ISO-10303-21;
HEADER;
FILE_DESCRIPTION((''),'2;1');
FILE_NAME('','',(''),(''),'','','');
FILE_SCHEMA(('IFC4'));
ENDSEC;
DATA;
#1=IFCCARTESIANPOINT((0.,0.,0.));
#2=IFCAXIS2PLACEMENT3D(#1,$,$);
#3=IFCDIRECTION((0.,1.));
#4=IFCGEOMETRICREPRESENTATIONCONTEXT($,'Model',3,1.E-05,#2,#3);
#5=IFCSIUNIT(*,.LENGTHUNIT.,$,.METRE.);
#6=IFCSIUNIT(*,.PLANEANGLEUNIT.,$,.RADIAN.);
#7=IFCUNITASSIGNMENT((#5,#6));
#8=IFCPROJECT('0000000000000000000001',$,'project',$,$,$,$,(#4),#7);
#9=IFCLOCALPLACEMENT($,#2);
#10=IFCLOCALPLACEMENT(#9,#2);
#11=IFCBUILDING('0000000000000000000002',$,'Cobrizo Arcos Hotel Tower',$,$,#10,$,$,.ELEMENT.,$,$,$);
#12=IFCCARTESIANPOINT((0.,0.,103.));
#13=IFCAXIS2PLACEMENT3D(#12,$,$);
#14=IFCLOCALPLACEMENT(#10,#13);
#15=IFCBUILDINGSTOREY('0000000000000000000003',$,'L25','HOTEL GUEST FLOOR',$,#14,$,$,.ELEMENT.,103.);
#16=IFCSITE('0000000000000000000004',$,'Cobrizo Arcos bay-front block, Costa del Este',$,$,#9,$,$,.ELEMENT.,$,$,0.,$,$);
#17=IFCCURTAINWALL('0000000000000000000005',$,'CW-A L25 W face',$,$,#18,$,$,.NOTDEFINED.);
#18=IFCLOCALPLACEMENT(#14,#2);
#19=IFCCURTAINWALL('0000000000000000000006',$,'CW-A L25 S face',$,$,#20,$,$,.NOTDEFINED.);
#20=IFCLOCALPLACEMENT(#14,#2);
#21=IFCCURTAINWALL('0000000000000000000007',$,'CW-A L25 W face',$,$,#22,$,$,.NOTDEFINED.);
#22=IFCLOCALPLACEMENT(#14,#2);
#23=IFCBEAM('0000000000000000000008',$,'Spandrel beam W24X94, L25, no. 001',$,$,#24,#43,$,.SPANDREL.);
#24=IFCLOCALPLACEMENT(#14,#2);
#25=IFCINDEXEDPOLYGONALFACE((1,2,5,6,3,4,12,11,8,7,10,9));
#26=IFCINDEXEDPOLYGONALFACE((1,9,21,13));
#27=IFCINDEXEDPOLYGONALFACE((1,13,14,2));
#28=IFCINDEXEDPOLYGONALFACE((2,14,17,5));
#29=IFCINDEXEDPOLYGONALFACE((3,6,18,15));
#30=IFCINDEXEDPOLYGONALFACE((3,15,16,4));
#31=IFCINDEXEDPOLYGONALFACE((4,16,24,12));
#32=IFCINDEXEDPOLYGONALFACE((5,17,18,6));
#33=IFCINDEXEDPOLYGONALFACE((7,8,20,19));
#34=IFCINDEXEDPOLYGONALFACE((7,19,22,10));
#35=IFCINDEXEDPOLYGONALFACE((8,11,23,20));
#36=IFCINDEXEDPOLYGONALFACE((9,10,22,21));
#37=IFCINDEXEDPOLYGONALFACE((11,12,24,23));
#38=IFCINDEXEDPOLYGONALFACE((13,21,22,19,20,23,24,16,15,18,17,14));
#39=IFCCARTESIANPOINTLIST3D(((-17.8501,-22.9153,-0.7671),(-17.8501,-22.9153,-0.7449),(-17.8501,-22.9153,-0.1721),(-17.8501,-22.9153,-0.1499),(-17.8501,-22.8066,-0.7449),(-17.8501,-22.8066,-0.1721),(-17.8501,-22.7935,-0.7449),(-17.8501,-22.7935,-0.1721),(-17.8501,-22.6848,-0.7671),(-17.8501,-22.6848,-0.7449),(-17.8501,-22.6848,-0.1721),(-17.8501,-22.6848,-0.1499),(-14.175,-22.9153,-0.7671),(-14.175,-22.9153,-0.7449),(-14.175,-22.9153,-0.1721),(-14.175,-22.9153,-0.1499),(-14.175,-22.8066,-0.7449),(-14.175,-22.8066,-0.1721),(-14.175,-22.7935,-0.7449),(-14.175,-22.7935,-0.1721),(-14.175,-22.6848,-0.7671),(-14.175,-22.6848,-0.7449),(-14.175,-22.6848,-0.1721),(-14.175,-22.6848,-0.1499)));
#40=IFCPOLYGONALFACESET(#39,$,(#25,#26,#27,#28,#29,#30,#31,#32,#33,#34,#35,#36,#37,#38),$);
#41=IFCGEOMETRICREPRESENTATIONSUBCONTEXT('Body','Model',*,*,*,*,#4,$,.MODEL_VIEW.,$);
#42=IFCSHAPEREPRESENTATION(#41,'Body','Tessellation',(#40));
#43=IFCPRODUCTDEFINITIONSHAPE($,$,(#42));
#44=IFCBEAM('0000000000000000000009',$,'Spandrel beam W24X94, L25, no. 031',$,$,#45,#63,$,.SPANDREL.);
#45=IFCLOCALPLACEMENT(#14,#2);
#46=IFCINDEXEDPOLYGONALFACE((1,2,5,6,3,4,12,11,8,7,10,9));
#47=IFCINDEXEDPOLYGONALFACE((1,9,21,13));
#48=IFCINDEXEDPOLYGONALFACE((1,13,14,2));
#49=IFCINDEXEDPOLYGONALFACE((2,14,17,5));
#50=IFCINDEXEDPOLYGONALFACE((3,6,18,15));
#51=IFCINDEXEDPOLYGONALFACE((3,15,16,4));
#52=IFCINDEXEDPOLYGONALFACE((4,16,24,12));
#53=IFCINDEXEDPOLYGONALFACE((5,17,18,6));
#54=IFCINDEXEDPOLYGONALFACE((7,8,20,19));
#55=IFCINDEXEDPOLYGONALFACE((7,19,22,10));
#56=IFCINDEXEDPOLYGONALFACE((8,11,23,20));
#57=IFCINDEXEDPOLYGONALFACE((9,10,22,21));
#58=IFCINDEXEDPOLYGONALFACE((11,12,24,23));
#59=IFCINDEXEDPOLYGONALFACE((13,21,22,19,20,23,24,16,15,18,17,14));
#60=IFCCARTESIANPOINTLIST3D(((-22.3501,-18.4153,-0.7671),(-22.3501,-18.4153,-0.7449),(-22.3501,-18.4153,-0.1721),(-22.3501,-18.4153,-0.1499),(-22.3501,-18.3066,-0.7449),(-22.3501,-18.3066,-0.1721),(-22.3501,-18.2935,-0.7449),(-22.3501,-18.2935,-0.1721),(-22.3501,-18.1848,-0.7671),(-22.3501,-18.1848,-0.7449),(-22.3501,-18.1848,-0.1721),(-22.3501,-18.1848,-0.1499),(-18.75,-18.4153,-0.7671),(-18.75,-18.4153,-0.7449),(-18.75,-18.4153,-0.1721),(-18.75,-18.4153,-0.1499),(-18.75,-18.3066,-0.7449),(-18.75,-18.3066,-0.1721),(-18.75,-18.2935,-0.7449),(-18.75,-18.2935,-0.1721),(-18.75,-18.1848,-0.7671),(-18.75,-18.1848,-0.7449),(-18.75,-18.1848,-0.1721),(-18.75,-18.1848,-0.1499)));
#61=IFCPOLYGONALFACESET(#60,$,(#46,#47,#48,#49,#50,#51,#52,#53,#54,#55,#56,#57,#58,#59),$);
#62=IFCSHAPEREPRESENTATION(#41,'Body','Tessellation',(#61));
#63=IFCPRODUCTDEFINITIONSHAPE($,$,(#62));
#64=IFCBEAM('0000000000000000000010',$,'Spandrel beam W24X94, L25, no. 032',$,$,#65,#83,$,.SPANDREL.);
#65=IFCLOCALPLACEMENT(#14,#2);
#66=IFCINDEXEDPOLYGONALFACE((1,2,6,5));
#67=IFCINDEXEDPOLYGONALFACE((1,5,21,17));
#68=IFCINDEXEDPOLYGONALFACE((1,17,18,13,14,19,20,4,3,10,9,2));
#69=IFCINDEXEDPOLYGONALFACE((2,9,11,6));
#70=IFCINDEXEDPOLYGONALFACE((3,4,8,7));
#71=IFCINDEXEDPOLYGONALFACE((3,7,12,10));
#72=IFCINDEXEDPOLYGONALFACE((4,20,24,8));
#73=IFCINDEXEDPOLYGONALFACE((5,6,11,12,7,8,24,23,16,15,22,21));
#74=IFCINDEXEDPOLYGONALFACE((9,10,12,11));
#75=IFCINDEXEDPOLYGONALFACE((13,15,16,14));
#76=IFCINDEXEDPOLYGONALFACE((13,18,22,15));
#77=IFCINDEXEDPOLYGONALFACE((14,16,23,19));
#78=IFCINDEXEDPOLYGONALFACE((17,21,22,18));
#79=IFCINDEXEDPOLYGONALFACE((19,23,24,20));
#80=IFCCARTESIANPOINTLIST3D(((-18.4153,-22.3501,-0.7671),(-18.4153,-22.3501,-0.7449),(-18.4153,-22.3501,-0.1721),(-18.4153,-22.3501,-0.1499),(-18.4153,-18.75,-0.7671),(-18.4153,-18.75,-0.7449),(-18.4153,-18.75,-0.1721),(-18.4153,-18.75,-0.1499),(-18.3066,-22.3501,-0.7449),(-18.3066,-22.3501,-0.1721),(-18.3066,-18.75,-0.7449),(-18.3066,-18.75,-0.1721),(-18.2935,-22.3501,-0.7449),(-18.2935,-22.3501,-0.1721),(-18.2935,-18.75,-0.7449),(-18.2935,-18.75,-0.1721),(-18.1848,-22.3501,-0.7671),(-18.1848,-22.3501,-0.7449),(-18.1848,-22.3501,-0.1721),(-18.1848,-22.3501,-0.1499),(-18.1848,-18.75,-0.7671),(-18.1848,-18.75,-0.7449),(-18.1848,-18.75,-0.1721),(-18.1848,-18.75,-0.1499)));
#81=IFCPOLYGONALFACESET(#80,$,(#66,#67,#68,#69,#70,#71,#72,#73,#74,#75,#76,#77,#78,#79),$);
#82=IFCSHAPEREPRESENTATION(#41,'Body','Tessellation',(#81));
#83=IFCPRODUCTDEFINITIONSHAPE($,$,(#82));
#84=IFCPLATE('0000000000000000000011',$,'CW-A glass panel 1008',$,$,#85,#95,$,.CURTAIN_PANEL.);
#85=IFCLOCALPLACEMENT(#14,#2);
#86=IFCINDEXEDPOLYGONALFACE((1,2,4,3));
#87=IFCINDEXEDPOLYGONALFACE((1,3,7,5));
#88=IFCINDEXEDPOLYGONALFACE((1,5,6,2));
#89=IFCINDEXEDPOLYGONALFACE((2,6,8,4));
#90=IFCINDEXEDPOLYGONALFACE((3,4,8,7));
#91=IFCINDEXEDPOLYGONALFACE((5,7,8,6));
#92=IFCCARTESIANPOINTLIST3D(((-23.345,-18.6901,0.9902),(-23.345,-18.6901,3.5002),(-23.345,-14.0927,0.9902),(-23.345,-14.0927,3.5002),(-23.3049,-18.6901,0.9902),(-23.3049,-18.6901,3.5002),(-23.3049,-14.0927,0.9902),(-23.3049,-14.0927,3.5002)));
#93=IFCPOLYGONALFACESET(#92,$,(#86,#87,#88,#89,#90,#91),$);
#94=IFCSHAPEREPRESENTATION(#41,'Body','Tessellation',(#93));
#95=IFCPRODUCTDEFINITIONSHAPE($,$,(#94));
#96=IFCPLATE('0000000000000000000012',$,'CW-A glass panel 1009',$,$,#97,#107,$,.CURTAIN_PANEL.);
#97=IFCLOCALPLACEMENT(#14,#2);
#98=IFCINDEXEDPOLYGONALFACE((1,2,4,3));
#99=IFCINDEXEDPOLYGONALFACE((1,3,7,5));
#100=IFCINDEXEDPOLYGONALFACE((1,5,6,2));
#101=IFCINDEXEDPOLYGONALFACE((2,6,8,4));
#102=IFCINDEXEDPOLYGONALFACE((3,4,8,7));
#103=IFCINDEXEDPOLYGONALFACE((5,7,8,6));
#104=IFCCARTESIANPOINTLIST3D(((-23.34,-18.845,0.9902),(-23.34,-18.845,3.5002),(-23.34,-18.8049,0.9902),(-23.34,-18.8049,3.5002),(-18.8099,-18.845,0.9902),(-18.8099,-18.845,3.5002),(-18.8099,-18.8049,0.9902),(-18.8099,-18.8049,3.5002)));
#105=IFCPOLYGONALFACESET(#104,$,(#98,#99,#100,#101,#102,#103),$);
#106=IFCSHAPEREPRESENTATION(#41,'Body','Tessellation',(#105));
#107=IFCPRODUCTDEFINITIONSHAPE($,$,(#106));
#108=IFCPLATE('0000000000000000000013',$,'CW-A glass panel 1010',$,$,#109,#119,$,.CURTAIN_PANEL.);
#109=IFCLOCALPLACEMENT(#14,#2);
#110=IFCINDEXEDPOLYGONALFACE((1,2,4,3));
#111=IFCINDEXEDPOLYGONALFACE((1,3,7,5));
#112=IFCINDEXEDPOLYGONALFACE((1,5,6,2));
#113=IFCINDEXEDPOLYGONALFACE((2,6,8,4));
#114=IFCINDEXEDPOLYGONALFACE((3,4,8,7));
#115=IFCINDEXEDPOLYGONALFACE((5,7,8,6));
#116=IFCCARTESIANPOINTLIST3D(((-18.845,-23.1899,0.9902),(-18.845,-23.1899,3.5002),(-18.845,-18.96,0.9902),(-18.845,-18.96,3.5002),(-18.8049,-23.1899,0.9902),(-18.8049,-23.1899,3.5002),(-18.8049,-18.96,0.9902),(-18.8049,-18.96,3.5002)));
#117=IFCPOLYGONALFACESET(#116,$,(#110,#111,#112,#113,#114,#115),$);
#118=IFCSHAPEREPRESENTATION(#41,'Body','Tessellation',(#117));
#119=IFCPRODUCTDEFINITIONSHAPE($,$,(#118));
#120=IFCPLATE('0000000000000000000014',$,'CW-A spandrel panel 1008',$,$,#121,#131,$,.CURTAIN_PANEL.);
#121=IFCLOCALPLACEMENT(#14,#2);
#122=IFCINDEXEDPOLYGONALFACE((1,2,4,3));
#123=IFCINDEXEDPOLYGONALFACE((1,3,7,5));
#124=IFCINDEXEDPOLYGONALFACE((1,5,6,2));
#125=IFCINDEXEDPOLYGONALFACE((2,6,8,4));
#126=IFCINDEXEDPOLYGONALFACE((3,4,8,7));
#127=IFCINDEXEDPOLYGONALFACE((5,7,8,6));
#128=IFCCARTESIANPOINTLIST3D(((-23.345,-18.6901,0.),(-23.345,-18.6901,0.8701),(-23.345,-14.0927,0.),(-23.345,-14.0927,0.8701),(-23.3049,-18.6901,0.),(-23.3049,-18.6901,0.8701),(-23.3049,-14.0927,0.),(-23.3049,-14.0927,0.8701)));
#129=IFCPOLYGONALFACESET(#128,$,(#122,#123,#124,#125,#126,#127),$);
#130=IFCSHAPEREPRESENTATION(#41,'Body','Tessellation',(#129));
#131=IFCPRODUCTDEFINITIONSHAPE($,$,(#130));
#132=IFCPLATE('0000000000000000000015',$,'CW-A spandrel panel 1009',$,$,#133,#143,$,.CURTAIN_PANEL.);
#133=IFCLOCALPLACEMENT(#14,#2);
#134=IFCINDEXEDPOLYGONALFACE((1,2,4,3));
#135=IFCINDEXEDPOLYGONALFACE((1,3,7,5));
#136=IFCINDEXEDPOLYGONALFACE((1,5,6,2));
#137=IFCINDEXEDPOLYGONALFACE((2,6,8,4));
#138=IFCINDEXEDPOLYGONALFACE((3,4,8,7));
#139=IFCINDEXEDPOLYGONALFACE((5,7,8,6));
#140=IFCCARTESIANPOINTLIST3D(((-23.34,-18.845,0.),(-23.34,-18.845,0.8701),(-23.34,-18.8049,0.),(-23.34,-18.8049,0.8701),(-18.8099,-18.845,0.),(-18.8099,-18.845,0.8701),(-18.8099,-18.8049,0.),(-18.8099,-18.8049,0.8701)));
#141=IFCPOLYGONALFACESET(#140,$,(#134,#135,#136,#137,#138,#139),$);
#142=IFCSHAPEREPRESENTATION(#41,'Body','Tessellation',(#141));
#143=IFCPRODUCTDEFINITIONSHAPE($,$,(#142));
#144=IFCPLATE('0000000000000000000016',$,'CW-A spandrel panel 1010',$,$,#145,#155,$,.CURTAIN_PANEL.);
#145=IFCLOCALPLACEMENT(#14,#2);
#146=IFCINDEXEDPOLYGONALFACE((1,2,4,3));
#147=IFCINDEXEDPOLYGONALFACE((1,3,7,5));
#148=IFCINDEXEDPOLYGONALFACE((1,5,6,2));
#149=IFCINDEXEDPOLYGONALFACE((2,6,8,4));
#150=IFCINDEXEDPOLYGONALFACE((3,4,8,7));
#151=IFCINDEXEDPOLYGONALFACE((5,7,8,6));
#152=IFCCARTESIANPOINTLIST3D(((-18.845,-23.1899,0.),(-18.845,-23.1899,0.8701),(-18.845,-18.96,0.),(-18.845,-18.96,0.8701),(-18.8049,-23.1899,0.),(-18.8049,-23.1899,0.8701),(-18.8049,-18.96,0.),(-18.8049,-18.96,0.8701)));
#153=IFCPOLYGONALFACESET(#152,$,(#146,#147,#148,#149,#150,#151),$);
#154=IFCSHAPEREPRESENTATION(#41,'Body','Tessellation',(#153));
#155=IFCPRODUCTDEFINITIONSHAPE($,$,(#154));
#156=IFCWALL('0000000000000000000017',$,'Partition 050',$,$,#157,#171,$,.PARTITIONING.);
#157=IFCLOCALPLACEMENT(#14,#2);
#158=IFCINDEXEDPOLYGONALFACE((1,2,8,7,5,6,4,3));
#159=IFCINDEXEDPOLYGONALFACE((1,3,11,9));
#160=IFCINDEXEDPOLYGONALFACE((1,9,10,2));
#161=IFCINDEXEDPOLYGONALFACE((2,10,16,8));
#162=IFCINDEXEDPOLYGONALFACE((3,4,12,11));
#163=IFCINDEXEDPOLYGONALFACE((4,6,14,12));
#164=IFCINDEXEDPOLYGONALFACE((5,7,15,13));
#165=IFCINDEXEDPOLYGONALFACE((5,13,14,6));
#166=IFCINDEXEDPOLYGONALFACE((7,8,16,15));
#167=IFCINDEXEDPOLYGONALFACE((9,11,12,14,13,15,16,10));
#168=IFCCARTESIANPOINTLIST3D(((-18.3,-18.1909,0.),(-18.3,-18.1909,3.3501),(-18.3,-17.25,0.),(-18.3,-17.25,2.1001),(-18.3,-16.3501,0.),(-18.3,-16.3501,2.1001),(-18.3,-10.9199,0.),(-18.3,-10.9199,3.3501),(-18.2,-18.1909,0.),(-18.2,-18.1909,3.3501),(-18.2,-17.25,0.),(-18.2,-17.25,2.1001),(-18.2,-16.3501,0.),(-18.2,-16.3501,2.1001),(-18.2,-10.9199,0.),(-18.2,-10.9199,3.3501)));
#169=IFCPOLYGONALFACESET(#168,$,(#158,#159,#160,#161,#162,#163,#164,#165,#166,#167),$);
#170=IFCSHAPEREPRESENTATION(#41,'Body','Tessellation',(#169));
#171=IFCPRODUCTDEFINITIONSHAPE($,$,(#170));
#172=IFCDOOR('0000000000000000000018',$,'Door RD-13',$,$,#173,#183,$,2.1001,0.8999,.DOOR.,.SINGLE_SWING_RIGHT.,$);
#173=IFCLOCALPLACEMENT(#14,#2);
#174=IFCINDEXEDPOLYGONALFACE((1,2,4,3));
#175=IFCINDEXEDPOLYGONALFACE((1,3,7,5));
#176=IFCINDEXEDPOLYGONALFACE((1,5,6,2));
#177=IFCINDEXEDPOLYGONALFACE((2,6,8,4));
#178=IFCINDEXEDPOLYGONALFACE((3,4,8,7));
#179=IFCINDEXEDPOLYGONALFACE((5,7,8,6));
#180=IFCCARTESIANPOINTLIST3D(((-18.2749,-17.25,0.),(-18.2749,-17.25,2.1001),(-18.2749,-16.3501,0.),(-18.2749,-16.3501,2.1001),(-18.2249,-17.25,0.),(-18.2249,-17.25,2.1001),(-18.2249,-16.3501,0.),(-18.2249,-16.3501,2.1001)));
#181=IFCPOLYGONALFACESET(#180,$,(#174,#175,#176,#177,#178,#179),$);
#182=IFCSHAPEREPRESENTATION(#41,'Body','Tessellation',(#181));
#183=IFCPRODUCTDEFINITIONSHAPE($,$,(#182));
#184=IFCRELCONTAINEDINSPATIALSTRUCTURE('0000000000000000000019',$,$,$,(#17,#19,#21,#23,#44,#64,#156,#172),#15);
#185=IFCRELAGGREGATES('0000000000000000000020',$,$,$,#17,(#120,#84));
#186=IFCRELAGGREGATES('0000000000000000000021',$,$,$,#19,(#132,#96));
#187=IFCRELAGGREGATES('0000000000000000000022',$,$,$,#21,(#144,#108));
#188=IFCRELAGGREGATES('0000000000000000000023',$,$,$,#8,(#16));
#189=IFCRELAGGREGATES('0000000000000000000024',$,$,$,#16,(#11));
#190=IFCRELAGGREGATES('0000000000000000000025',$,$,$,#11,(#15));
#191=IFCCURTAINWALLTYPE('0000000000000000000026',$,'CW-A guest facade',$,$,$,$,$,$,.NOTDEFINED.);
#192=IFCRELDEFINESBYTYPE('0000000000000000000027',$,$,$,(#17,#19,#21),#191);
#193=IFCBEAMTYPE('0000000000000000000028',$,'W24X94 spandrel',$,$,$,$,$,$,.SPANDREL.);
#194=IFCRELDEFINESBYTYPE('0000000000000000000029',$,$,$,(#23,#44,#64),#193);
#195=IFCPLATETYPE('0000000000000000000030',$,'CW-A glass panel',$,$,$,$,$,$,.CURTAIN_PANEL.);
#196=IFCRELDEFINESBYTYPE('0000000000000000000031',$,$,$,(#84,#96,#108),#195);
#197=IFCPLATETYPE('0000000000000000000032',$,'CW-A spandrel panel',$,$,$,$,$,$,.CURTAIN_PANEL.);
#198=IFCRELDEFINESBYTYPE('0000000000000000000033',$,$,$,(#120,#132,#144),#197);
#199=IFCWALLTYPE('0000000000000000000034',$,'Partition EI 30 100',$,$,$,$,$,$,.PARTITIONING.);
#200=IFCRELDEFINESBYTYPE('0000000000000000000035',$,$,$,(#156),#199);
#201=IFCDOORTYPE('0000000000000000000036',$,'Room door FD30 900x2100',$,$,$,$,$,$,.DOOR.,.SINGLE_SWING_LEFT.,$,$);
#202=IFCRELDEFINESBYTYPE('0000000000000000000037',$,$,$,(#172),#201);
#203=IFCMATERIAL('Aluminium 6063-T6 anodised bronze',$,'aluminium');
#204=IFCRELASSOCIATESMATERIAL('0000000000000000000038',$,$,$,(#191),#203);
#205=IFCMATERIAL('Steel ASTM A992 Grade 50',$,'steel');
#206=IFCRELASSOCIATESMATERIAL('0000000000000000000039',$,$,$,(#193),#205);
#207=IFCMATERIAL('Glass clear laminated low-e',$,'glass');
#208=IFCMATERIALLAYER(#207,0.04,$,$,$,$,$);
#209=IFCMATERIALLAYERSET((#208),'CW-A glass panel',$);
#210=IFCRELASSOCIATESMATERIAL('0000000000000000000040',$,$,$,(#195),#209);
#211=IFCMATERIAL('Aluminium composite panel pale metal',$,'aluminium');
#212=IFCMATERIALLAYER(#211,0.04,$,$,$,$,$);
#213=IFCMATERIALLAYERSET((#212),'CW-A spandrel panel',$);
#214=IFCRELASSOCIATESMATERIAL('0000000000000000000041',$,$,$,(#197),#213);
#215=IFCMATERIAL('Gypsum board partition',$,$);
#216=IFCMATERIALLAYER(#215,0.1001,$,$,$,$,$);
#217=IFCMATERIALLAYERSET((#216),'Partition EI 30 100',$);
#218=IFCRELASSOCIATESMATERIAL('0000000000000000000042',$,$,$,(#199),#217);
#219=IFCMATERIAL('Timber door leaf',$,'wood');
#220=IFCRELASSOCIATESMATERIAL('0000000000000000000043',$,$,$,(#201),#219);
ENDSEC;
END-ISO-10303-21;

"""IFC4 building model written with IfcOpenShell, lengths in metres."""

from ifc_helpers import new_model, si_unit, direction, frame, frame_2d, origin, origin_2d, place, context, subcontext, project, spatial, rectangle, i_section, extrude, material, layer, layer_set, material_profile, profile_set, type_object, element, fill, aggregate, save


model = new_model("IFC4")

# Units and contexts
model_context = context("Model", 3, precision=1e-05, world=origin(), true_north=direction((0.0, 1.0)))
body_context = subcontext(model_context, "Body", "Model", "MODEL_VIEW")
ifc_project = project(units=[si_unit("LENGTHUNIT", "METRE"), si_unit("PLANEANGLEUNIT", "RADIAN")], contexts=[model_context])

# Site, building, storey
site_placement = place(None, origin())
site = spatial("IfcSite", under=ifc_project, at=site_placement, Name="Cobrizo Arcos bay-front block, Costa del Este", CompositionType="ELEMENT", RefElevation=0.0)
building_placement = place(site_placement, origin())
building = spatial("IfcBuilding", under=site, at=building_placement, Name="Cobrizo Arcos Hotel Tower", CompositionType="ELEMENT")
storey_placement = place(building_placement, frame((0.0, 0.0, 103.0)))
storey = spatial("IfcBuildingStorey", under=building, at=storey_placement, Name="L25", Description="HOTEL GUEST FLOOR", CompositionType="ELEMENT", Elevation=103.0)

# Curtain wall
ifc_material_1 = material(Name="Aluminium 6063-T6 anodised bronze", Category="aluminium")
curtain_wall_type = type_object("IfcCurtainWallType", Name="CW-A guest facade", PredefinedType="NOTDEFINED", material=ifc_material_1)
curtain_wall_1_placement = place(storey_placement, origin())
curtain_wall_1 = element("IfcCurtainWall", 1, at=curtain_wall_1_placement, inside=storey, type_object=curtain_wall_type, Name="CW-A L25 W face", PredefinedType="NOTDEFINED")

# Curtain walls
curtain_wall_2_placement = place(storey_placement, origin())
curtain_wall_2 = element("IfcCurtainWall", 2, at=curtain_wall_2_placement, inside=storey, type_object=curtain_wall_type, Name="CW-A L25 S face", PredefinedType="NOTDEFINED")
curtain_wall_3_placement = place(storey_placement, origin())
curtain_wall_3 = element("IfcCurtainWall", 3, at=curtain_wall_3_placement, inside=storey, type_object=curtain_wall_type, Name="CW-A L25 W face", PredefinedType="NOTDEFINED")

# Beams
ifc_material_2 = material(Name="Steel ASTM A992 Grade 50", Category="steel")
ifc_material_profile_1 = material_profile(ifc_material_2, i_section(OverallWidth=0.2305, OverallDepth=0.6172, WebThickness=0.0132, FlangeThickness=0.0222, at=origin_2d()), Name="W24X94")
ifc_profile_set_1 = profile_set([ifc_material_profile_1], Name="Steel ASTM A992 Grade 50")
beam_type_1 = type_object("IfcBeamType", Name="W24X94 spandrel", PredefinedType="SPANDREL", material=ifc_profile_set_1)
beam_1_placement = place(storey_placement, frame((-17.8501, -22.8, -0.4585), z_axis=(1.0, 0.0, 0.0), x_axis=(0.0, 1.0, 0.0)))
element("IfcBeam", 4, at=beam_1_placement, inside=storey, type_object=beam_type_1, Name="Spandrel beam W24X94, L25, no. 001", PredefinedType="SPANDREL", context=body_context, shape_type="SweptSolid", body=[
    extrude(i_section(OverallWidth=0.2305, OverallDepth=0.6172, WebThickness=0.0132, FlangeThickness=0.0222, at=origin_2d()), origin(), (0.0, 0.0, 1.0), 3.675),
])
for number, where, z_axis, x_axis, name in (
    (5, (-22.3501, -18.3, -0.4585), (1.0, 0.0, 0.0), (0.0, 1.0, 0.0), "Spandrel beam W24X94, L25, no. 031"),
    (6, (-18.3, -18.75, -0.4585), (0.0, -1.0, 0.0), (1.0, 0.0, 0.0), "Spandrel beam W24X94, L25, no. 032"),
):
    element("IfcBeam", number, at=place(storey_placement, frame(where, z_axis=z_axis, x_axis=x_axis)), inside=storey, type_object=beam_type_1, Name=name, PredefinedType="SPANDREL", context=body_context, shape_type="SweptSolid", body=[
        extrude(i_section(OverallWidth=0.2305, OverallDepth=0.6172, WebThickness=0.0132, FlangeThickness=0.0222, at=origin_2d()), origin(), (0.0, 0.0, 1.0), 3.6001),
    ])

# Plates
ifc_material_3 = material(Name="Glass clear laminated low-e", Category="glass")
ifc_layer_1 = layer(ifc_material_3, 0.04)
ifc_layer_set_1 = layer_set([ifc_layer_1], Name="CW-A glass panel")
plate_type_1 = type_object("IfcPlateType", Name="CW-A glass panel", PredefinedType="CURTAIN_PANEL", material=ifc_layer_set_1)
plate_1_placement = place(storey_placement, frame((-23.325, -16.3914, 0.9902), z_axis=(0.0, 0.0, 1.0), x_axis=(0.0, -1.0, 0.0)))
plate_1 = element("IfcPlate", 7, at=plate_1_placement, type_object=plate_type_1, Name="CW-A glass panel 1008", PredefinedType="CURTAIN_PANEL", context=body_context, shape_type="SweptSolid", body=[
    extrude(rectangle(XDim=4.5974, YDim=0.04, at=origin_2d()), origin(), (0.0, 0.0, 1.0), 2.51),
])
plate_2_placement = place(storey_placement, frame((-21.075, -18.825, 0.9902), z_axis=(0.0, 0.0, 1.0), x_axis=(1.0, 0.0, 0.0)))
plate_2 = element("IfcPlate", 8, at=plate_2_placement, type_object=plate_type_1, Name="CW-A glass panel 1009", PredefinedType="CURTAIN_PANEL", context=body_context, shape_type="SweptSolid", body=[
    extrude(rectangle(XDim=4.53, YDim=0.04, at=origin_2d()), origin(), (0.0, 0.0, 1.0), 2.51),
])
plate_3_placement = place(storey_placement, frame((-18.825, -21.075, 0.9902), z_axis=(0.0, 0.0, 1.0), x_axis=(0.0, -1.0, 0.0)))
plate_3 = element("IfcPlate", 9, at=plate_3_placement, type_object=plate_type_1, Name="CW-A glass panel 1010", PredefinedType="CURTAIN_PANEL", context=body_context, shape_type="SweptSolid", body=[
    extrude(rectangle(XDim=4.23, YDim=0.04, at=origin_2d()), origin(), (0.0, 0.0, 1.0), 2.51),
])
ifc_material_4 = material(Name="Aluminium composite panel pale metal", Category="aluminium")
ifc_layer_2 = layer(ifc_material_4, 0.04)
ifc_layer_set_2 = layer_set([ifc_layer_2], Name="CW-A spandrel panel")
plate_type_2 = type_object("IfcPlateType", Name="CW-A spandrel panel", PredefinedType="CURTAIN_PANEL", material=ifc_layer_set_2)
plate_4_placement = place(storey_placement, frame((-23.325, -16.3914, 0.0), z_axis=(0.0, 0.0, 1.0), x_axis=(0.0, -1.0, 0.0)))
plate_4 = element("IfcPlate", 10, at=plate_4_placement, type_object=plate_type_2, Name="CW-A spandrel panel 1008", PredefinedType="CURTAIN_PANEL", context=body_context, shape_type="SweptSolid", body=[
    extrude(rectangle(XDim=4.5974, YDim=0.04, at=origin_2d()), origin(), (0.0, 0.0, 1.0), 0.8701),
])
aggregate(curtain_wall_1, [plate_4, plate_1])
plate_5_placement = place(storey_placement, frame((-21.075, -18.825, 0.0), z_axis=(0.0, 0.0, 1.0), x_axis=(1.0, 0.0, 0.0)))
plate_5 = element("IfcPlate", 11, at=plate_5_placement, type_object=plate_type_2, Name="CW-A spandrel panel 1009", PredefinedType="CURTAIN_PANEL", context=body_context, shape_type="SweptSolid", body=[
    extrude(rectangle(XDim=4.53, YDim=0.04, at=origin_2d()), origin(), (0.0, 0.0, 1.0), 0.8701),
])
aggregate(curtain_wall_2, [plate_5, plate_2])
plate_6_placement = place(storey_placement, frame((-18.825, -21.075, 0.0), z_axis=(0.0, 0.0, 1.0), x_axis=(0.0, -1.0, 0.0)))
plate_6 = element("IfcPlate", 12, at=plate_6_placement, type_object=plate_type_2, Name="CW-A spandrel panel 1010", PredefinedType="CURTAIN_PANEL", context=body_context, shape_type="SweptSolid", body=[
    extrude(rectangle(XDim=4.23, YDim=0.04, at=origin_2d()), origin(), (0.0, 0.0, 1.0), 0.8701),
])
aggregate(curtain_wall_3, [plate_6, plate_3])

# Wall, opening, door
ifc_material_5 = material(Name="Gypsum board partition")
ifc_layer_3 = layer(ifc_material_5, 0.1001)
ifc_layer_set_3 = layer_set([ifc_layer_3], Name="Partition EI 30 100")
wall_type = type_object("IfcWallType", Name="Partition EI 30 100", PredefinedType="PARTITIONING", material=ifc_layer_set_3)
wall_placement = place(storey_placement, frame((-18.25, -18.1909, 0.0), z_axis=(0.0, 0.0, 1.0), x_axis=(0.0, 1.0, 0.0)))
wall = element("IfcWall", 13, at=wall_placement, inside=storey, type_object=wall_type, Name="Partition 050", PredefinedType="PARTITIONING", context=body_context, shape_type="SweptSolid", body=[
    extrude(rectangle(XDim=7.271, YDim=0.1001, at=frame_2d((3.6355, 0.0))), origin(), (0.0, 0.0, 1.0), 3.3501),
])
opening_placement = place(wall_placement, frame((0.9409, 0.0, 0.0)))
opening = element("IfcOpeningElement", 14, at=opening_placement, cuts=wall, PredefinedType="OPENING", context=body_context, shape_type="SweptSolid", body=[
    extrude(rectangle(XDim=0.8999, YDim=2.1001, at=frame_2d((0.45, 1.05))), frame((0.0, 0.062, 0.0), z_axis=(0.0, -1.0, 0.0), x_axis=(1.0, 0.0, 0.0)), (0.0, 0.0, 1.0), 0.124),
])
ifc_material_6 = material(Name="Timber door leaf", Category="wood")
door_type = type_object("IfcDoorType", Name="Room door FD30 900x2100", OperationType="SINGLE_SWING_LEFT", PredefinedType="DOOR", material=ifc_material_6)
door_placement = place(opening_placement, origin())
door = element("IfcDoor", 15, at=door_placement, inside=storey, type_object=door_type, Name="Door RD-13", OperationType="SINGLE_SWING_RIGHT", OverallHeight=2.1001, OverallWidth=0.8999, PredefinedType="DOOR", context=body_context, shape_type="SweptSolid", body=[
    extrude(rectangle(XDim=0.8999, YDim=2.1001, at=frame_2d((0.45, 1.05))), frame((0.0, 0.0249, 0.0), z_axis=(0.0, -1.0, 0.0), x_axis=(1.0, 0.0, 0.0)), (0.0, 0.0, 1.0), 0.05),
])
fill(opening, door)

save(model, "model.ifc")
